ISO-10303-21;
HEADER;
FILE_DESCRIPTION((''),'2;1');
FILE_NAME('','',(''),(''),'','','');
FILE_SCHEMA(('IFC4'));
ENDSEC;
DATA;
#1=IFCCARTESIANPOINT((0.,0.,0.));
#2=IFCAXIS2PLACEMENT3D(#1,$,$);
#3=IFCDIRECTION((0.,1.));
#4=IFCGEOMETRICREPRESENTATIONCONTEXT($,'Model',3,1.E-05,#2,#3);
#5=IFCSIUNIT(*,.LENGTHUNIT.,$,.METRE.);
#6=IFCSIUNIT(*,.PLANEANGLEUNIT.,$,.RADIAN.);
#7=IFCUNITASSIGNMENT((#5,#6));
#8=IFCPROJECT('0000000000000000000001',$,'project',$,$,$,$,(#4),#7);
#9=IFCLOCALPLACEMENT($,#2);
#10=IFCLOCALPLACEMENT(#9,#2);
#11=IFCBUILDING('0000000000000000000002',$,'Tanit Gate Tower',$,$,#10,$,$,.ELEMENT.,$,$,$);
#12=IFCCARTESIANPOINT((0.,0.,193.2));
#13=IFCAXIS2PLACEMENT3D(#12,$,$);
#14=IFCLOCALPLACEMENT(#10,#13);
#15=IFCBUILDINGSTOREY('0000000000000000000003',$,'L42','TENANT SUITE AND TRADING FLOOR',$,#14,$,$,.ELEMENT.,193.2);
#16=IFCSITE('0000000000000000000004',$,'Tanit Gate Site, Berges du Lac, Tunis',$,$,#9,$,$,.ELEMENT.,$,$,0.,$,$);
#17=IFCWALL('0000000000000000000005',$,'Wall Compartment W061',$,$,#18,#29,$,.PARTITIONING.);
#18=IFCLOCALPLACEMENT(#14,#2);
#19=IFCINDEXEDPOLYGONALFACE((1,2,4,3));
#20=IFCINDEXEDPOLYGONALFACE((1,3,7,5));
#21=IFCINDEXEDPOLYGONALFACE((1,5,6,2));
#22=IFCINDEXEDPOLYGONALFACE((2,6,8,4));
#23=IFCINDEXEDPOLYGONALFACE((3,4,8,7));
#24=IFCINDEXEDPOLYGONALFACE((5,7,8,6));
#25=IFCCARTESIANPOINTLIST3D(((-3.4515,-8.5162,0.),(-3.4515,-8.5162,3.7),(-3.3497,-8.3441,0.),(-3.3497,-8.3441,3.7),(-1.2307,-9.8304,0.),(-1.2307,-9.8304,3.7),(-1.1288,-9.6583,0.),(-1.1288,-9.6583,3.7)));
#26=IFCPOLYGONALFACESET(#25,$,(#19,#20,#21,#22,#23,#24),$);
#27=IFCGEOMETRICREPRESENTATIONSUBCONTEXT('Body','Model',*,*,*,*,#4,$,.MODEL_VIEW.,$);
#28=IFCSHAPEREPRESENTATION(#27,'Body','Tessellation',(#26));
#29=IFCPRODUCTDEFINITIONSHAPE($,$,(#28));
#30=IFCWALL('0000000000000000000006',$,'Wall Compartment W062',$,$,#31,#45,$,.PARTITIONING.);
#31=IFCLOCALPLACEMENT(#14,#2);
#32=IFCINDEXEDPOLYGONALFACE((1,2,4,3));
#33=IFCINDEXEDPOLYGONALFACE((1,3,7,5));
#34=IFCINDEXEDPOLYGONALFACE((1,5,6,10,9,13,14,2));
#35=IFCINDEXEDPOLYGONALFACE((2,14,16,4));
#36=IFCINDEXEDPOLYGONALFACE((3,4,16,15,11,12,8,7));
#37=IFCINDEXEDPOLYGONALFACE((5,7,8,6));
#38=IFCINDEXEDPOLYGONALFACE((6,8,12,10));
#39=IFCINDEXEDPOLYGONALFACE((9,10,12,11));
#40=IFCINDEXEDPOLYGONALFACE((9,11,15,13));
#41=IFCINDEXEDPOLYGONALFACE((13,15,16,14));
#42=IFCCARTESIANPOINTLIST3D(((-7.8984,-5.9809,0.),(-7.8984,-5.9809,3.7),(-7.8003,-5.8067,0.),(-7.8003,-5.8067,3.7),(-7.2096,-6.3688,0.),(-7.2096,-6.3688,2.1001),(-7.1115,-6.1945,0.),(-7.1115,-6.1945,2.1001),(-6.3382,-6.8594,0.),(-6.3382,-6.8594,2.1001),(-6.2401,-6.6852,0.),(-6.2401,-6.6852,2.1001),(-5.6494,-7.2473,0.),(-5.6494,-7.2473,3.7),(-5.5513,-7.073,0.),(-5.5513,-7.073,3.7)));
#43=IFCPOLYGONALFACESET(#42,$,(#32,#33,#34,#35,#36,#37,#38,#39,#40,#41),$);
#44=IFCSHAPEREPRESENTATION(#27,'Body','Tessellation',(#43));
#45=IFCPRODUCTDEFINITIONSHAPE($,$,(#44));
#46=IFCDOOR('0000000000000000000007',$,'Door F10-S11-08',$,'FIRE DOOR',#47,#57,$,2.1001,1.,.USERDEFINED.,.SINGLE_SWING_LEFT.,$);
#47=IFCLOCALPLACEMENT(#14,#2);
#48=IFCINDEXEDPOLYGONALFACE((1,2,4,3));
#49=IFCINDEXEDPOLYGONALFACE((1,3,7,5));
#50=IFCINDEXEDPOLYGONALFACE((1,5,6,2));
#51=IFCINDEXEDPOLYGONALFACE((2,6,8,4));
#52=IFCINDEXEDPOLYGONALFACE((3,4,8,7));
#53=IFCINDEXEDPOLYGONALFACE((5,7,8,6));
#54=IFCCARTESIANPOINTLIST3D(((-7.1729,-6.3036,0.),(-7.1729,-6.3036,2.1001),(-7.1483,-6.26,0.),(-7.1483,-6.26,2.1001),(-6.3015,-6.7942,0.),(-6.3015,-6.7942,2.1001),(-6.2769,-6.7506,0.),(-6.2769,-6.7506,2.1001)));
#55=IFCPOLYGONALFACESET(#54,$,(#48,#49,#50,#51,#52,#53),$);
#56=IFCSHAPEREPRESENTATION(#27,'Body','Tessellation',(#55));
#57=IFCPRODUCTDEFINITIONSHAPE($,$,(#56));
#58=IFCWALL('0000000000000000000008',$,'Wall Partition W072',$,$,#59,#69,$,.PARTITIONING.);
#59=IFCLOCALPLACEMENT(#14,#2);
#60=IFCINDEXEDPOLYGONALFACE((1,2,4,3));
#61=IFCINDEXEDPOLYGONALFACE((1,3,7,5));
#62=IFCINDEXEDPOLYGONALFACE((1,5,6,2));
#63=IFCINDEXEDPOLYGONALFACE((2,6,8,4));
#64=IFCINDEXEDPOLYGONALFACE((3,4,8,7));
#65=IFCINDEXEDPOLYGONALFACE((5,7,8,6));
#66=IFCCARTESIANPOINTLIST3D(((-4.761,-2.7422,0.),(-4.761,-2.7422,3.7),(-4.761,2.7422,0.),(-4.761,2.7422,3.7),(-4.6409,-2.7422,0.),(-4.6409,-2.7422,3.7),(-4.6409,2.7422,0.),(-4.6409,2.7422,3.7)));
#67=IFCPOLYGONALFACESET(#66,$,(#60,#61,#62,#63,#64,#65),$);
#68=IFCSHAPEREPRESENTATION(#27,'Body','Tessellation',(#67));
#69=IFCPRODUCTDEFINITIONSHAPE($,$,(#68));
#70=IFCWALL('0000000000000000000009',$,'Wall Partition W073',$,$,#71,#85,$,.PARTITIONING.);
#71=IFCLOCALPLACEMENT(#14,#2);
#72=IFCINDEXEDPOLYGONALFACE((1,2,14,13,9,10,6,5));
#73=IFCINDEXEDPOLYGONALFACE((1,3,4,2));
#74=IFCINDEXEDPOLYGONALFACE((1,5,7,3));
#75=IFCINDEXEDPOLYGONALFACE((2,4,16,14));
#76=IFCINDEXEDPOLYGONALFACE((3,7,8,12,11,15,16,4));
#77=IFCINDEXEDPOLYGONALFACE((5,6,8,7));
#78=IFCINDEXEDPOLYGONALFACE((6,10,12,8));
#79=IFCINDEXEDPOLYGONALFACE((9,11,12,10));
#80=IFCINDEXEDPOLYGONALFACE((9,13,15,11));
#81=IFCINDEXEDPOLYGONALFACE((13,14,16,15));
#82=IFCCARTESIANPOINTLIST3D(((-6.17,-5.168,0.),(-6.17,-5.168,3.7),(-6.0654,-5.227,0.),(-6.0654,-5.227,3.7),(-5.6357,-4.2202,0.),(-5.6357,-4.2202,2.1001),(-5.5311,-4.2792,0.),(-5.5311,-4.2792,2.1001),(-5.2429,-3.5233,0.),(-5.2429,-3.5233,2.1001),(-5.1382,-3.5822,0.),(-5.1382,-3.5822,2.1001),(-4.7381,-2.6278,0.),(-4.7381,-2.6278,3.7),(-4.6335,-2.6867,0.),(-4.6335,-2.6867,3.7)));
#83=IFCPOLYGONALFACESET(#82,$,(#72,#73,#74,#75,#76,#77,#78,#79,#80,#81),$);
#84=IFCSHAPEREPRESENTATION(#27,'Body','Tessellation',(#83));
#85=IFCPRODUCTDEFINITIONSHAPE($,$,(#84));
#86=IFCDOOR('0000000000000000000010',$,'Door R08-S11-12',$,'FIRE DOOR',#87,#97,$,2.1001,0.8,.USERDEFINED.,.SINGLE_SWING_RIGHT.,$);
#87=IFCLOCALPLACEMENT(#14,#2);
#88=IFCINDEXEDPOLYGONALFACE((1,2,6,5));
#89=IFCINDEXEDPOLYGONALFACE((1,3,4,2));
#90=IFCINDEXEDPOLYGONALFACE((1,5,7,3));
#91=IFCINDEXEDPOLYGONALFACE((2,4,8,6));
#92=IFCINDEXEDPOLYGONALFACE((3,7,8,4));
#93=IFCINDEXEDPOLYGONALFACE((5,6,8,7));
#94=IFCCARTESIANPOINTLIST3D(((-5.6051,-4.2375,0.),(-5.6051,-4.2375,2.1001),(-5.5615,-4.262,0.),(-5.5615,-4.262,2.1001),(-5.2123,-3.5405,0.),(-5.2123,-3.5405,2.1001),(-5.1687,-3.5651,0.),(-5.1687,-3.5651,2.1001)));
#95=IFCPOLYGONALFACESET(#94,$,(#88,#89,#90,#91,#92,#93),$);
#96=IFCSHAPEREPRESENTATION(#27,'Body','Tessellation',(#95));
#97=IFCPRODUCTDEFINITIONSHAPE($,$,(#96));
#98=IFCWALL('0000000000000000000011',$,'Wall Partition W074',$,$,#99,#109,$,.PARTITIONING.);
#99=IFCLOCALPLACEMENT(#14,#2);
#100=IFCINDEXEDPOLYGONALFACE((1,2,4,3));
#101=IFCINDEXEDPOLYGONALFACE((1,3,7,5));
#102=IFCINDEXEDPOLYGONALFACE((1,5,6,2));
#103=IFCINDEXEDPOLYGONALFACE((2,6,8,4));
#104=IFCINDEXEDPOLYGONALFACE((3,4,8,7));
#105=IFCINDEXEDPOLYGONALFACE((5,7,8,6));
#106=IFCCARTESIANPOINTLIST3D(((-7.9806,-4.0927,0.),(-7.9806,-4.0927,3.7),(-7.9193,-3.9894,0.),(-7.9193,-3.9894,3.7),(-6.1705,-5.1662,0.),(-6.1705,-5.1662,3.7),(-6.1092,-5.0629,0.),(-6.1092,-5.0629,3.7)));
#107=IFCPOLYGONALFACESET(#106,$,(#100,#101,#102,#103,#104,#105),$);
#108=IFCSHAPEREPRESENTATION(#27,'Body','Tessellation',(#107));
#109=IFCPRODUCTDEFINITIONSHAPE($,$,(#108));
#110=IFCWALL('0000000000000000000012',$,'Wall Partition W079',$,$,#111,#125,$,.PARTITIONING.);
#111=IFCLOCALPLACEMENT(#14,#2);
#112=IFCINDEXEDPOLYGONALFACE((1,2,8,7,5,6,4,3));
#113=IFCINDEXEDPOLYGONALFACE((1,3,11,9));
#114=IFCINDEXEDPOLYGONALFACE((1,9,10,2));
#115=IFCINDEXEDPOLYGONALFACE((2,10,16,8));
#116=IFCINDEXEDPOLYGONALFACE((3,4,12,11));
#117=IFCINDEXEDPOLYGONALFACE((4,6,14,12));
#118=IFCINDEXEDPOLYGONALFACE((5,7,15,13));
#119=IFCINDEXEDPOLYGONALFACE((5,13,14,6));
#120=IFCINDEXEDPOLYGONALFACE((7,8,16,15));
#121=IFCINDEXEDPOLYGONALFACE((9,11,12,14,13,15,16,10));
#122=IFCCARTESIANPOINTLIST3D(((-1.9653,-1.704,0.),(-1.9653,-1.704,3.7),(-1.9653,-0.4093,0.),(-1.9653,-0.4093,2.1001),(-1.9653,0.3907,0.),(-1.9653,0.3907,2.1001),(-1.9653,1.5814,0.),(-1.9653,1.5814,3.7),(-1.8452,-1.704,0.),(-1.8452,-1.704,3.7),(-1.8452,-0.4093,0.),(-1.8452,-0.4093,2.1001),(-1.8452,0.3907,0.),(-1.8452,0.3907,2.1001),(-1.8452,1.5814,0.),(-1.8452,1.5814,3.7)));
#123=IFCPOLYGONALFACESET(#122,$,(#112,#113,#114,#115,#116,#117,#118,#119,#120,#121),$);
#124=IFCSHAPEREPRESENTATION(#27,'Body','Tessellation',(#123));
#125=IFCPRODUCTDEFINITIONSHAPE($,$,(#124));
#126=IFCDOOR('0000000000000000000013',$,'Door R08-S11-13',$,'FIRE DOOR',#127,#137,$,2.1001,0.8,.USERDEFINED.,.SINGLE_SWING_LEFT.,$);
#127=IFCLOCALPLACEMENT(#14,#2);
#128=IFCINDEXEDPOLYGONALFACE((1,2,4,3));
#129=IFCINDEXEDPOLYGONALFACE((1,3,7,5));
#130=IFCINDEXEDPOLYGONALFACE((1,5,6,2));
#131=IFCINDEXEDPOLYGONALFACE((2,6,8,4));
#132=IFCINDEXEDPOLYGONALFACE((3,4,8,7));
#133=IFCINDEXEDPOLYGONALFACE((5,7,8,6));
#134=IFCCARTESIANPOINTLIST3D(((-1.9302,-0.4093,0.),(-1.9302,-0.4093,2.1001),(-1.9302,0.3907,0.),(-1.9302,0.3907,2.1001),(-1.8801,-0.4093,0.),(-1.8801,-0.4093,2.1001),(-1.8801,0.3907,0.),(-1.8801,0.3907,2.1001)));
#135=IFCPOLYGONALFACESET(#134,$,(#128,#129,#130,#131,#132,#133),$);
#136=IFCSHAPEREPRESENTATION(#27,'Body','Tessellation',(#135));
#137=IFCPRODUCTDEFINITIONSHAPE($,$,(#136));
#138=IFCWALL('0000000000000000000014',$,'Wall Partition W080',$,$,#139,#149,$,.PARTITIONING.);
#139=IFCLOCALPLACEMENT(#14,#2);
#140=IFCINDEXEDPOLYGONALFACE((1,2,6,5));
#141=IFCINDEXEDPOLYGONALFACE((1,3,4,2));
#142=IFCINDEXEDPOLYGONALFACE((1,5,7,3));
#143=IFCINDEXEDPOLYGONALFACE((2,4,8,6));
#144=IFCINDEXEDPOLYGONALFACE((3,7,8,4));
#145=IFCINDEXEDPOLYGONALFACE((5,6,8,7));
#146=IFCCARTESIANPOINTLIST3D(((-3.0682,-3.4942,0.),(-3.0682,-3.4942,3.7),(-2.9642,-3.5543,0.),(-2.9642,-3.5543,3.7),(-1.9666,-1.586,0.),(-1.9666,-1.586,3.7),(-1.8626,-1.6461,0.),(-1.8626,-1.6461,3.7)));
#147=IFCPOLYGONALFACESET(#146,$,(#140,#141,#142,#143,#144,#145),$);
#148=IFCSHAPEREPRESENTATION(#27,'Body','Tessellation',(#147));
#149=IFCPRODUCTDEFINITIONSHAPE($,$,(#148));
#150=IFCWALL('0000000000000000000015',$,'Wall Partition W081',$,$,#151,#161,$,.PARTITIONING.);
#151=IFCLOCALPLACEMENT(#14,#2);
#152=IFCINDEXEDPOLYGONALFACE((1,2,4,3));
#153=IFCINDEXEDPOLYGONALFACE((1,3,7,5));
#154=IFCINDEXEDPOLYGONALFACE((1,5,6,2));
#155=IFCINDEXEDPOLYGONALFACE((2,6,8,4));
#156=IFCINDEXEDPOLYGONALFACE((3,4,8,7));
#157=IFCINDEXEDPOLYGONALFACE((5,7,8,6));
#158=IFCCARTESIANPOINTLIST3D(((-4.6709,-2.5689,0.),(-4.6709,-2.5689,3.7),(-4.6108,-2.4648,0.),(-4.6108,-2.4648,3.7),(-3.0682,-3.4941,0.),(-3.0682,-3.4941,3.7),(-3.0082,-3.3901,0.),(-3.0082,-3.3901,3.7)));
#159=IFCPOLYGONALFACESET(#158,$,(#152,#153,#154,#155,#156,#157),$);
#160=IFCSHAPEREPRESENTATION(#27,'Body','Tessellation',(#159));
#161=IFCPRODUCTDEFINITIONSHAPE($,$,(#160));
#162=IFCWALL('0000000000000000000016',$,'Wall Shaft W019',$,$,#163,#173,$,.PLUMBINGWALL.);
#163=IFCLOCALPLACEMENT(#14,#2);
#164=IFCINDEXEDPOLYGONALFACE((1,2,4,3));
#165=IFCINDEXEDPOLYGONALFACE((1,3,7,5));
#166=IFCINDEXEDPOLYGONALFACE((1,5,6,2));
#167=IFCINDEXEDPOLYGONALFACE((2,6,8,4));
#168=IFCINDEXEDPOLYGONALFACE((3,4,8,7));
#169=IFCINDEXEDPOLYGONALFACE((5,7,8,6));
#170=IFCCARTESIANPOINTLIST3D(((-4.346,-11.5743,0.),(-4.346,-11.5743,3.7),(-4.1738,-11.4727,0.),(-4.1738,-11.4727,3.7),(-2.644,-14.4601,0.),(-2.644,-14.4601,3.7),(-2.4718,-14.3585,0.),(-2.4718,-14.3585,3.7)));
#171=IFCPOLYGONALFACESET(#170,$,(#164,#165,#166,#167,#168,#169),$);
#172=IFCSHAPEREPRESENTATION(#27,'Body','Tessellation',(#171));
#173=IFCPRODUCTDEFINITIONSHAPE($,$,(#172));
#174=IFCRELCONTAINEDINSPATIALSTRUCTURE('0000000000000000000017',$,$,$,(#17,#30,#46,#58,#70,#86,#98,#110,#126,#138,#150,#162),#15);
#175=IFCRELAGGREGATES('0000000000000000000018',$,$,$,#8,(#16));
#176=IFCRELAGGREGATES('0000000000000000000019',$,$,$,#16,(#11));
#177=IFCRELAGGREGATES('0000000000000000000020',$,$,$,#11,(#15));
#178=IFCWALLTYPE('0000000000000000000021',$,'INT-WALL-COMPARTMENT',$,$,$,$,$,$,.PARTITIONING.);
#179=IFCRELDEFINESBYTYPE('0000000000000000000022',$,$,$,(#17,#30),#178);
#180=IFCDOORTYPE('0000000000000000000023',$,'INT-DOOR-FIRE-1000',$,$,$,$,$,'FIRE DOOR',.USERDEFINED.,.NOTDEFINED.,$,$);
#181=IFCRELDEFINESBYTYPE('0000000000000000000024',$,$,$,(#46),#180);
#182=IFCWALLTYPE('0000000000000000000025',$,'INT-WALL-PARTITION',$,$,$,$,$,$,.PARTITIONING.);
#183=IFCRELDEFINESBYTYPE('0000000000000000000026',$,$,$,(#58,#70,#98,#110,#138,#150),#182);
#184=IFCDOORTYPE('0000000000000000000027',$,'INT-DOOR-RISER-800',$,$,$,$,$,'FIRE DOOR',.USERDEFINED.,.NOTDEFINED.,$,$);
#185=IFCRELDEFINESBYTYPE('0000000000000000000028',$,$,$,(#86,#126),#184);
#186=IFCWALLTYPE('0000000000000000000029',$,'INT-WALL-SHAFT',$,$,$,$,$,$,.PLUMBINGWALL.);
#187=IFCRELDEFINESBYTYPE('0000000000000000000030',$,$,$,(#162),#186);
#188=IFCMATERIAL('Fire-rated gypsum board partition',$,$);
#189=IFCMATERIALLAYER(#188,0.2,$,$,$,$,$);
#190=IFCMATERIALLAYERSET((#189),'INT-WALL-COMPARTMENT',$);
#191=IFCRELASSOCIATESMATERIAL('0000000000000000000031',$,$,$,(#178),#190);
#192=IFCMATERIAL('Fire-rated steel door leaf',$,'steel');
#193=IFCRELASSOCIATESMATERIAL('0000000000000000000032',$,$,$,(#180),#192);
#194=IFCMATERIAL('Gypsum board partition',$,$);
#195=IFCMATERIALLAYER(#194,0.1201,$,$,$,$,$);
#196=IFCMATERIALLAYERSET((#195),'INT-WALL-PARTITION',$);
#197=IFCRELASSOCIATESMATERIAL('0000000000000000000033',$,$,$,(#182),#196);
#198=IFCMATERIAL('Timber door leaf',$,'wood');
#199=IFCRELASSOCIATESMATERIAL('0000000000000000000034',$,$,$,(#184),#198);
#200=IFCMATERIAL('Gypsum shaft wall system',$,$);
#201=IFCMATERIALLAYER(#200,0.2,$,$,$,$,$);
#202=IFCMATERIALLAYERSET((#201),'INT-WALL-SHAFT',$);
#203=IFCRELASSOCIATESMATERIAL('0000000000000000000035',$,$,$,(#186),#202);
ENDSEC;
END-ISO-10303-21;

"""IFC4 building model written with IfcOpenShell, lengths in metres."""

from ifc_helpers import new_model, si_unit, direction, frame, frame_2d, origin, place, context, subcontext, project, spatial, rectangle, extrude, material, layer, layer_set, type_object, element, fill, save


model = new_model("IFC4")

# Units and contexts
model_context = context("Model", 3, precision=1e-05, world=origin(), true_north=direction((0.0, 1.0)))
body_context = subcontext(model_context, "Body", "Model", "MODEL_VIEW")
ifc_project = project(units=[si_unit("LENGTHUNIT", "METRE"), si_unit("PLANEANGLEUNIT", "RADIAN")], contexts=[model_context])

# Site, building, storey
site_placement = place(None, origin())
site = spatial("IfcSite", under=ifc_project, at=site_placement, Name="Tanit Gate Site, Berges du Lac, Tunis", CompositionType="ELEMENT", RefElevation=0.0)
building_placement = place(site_placement, origin())
building = spatial("IfcBuilding", under=site, at=building_placement, Name="Tanit Gate Tower", CompositionType="ELEMENT")
storey_placement = place(building_placement, frame((0.0, 0.0, 193.2)))
storey = spatial("IfcBuildingStorey", under=building, at=storey_placement, Name="L42", Description="TENANT SUITE AND TRADING FLOOR", CompositionType="ELEMENT", Elevation=193.2)

# Wall
ifc_material_1 = material(Name="Fire-rated gypsum board partition")
ifc_layer_1 = layer(ifc_material_1, 0.2)
ifc_layer_set_1 = layer_set([ifc_layer_1], Name="INT-WALL-COMPARTMENT")
wall_type_1 = type_object("IfcWallType", Name="INT-WALL-COMPARTMENT", PredefinedType="PARTITIONING", material=ifc_layer_set_1)
wall_1_placement = place(storey_placement, frame((-3.4006, -8.4302, 0.0), z_axis=(0.0, 0.0, 1.0), x_axis=(0.860616, -0.509255, 0.0)))
element("IfcWall", 1, at=wall_1_placement, inside=storey, type_object=wall_type_1, Name="Wall Compartment W061", PredefinedType="PARTITIONING", context=body_context, shape_type="SweptSolid", body=[
    extrude(rectangle(XDim=2.5806, YDim=0.2, at=frame_2d((1.2903, 0.0))), origin(), (0.0, 0.0, 1.0), 3.7),
])

# Wall, opening, door
wall_2_placement = place(storey_placement, frame((-7.8494, -5.8938, 0.0), z_axis=(0.0, 0.0, 1.0), x_axis=(0.871363, -0.490638, 0.0)))
wall_2 = element("IfcWall", 2, at=wall_2_placement, inside=storey, type_object=wall_type_1, Name="Wall Compartment W062", PredefinedType="PARTITIONING", context=body_context, shape_type="SweptSolid", body=[
    extrude(rectangle(XDim=2.5811, YDim=0.2, at=frame_2d((1.2905, 0.0))), origin(), (0.0, 0.0, 1.0), 3.7),
])
opening_1_placement = place(wall_2_placement, frame((0.7905, 0.0, 0.0)))
opening_1 = element("IfcOpeningElement", 3, at=opening_1_placement, cuts=wall_2, PredefinedType="OPENING", context=body_context, shape_type="SweptSolid", body=[
    extrude(rectangle(XDim=1.0, YDim=2.1001, at=frame_2d((0.5, 1.05))), frame((0.0, 0.1099, 0.0), z_axis=(0.0, -1.0, 0.0), x_axis=(1.0, 0.0, 0.0)), (0.0, 0.0, 1.0), 0.22),
])
ifc_material_2 = material(Name="Fire-rated steel door leaf", Category="steel")
door_type_1 = type_object("IfcDoorType", Name="INT-DOOR-FIRE-1000", ElementType="FIRE DOOR", OperationType="NOTDEFINED", PredefinedType="USERDEFINED", material=ifc_material_2)
door_1_placement = place(opening_1_placement, origin())
door_1 = element("IfcDoor", 4, at=door_1_placement, inside=storey, type_object=door_type_1, Name="Door F10-S11-08", ObjectType="FIRE DOOR", OperationType="SINGLE_SWING_LEFT", OverallHeight=2.1001, OverallWidth=1.0, PredefinedType="USERDEFINED", context=body_context, shape_type="SweptSolid", body=[
    extrude(rectangle(XDim=1.0, YDim=2.1001, at=frame_2d((0.5, 1.05))), frame((0.0, 0.0249, 0.0), z_axis=(0.0, -1.0, 0.0), x_axis=(1.0, 0.0, 0.0)), (0.0, 0.0, 1.0), 0.05),
])
fill(opening_1, door_1)

# Wall
ifc_material_3 = material(Name="Gypsum board partition")
ifc_layer_2 = layer(ifc_material_3, 0.1201)
ifc_layer_set_2 = layer_set([ifc_layer_2], Name="INT-WALL-PARTITION")
wall_type_2 = type_object("IfcWallType", Name="INT-WALL-PARTITION", PredefinedType="PARTITIONING", material=ifc_layer_set_2)
wall_3_placement = place(storey_placement, frame((-4.7009, -2.7422, 0.0), z_axis=(0.0, 0.0, 1.0), x_axis=(0.0, 1.0, 0.0)))
element("IfcWall", 5, at=wall_3_placement, inside=storey, type_object=wall_type_2, Name="Wall Partition W072", PredefinedType="PARTITIONING", context=body_context, shape_type="SweptSolid", body=[
    extrude(rectangle(XDim=5.4844, YDim=0.1201, at=frame_2d((2.7422, 0.0))), origin(), (0.0, 0.0, 1.0), 3.7),
])

# Wall, opening, door
wall_4_placement = place(storey_placement, frame((-6.1177, -5.1975, 0.0), z_axis=(0.0, 0.0, 1.0), x_axis=(0.491036, 0.871139, 0.0)))
wall_4 = element("IfcWall", 6, at=wall_4_placement, inside=storey, type_object=wall_type_2, Name="Wall Partition W073", PredefinedType="PARTITIONING", context=body_context, shape_type="SweptSolid", body=[
    extrude(rectangle(XDim=2.916, YDim=0.1201, at=frame_2d((1.458, 0.0))), origin(), (0.0, 0.0, 1.0), 3.7),
])
opening_2_placement = place(wall_4_placement, frame((1.0881, 0.0, 0.0)))
opening_2 = element("IfcOpeningElement", 7, at=opening_2_placement, cuts=wall_4, PredefinedType="OPENING", context=body_context, shape_type="SweptSolid", body=[
    extrude(rectangle(XDim=0.8, YDim=2.1001, at=frame_2d((0.3999, 1.05))), frame((0.0, 0.0701, 0.0), z_axis=(0.0, -1.0, 0.0), x_axis=(1.0, 0.0, 0.0)), (0.0, 0.0, 1.0), 0.1401),
])
ifc_material_4 = material(Name="Timber door leaf", Category="wood")
door_type_2 = type_object("IfcDoorType", Name="INT-DOOR-RISER-800", ElementType="FIRE DOOR", OperationType="NOTDEFINED", PredefinedType="USERDEFINED", material=ifc_material_4)
door_2_placement = place(opening_2_placement, origin())
door_2 = element("IfcDoor", 8, at=door_2_placement, inside=storey, type_object=door_type_2, Name="Door R08-S11-12", ObjectType="FIRE DOOR", OperationType="SINGLE_SWING_RIGHT", OverallHeight=2.1001, OverallWidth=0.8, PredefinedType="USERDEFINED", context=body_context, shape_type="SweptSolid", body=[
    extrude(rectangle(XDim=0.8, YDim=2.1001, at=frame_2d((0.3999, 1.05))), frame((0.0, 0.0249, 0.0), z_axis=(0.0, -1.0, 0.0), x_axis=(1.0, 0.0, 0.0)), (0.0, 0.0, 1.0), 0.05),
])
fill(opening_2, door_2)

# Wall
wall_5_placement = place(storey_placement, frame((-7.95, -4.041, 0.0), z_axis=(0.0, 0.0, 1.0), x_axis=(0.860112, -0.510104, 0.0)))
element("IfcWall", 9, at=wall_5_placement, inside=storey, type_object=wall_type_2, Name="Wall Partition W074", PredefinedType="PARTITIONING", context=body_context, shape_type="SweptSolid", body=[
    extrude(rectangle(XDim=2.1045, YDim=0.1201, at=frame_2d((1.0522, 0.0))), origin(), (0.0, 0.0, 1.0), 3.7),
])

# Wall, opening, door
wall_6_placement = place(storey_placement, frame((-1.9053, -1.7039, 0.0), z_axis=(0.0, 0.0, 1.0), x_axis=(0.0, 1.0, 0.0)))
wall_6 = element("IfcWall", 10, at=wall_6_placement, inside=storey, type_object=wall_type_2, Name="Wall Partition W079", PredefinedType="PARTITIONING", context=body_context, shape_type="SweptSolid", body=[
    extrude(rectangle(XDim=3.2854, YDim=0.1201, at=frame_2d((1.6426, 0.0))), origin(), (0.0, 0.0, 1.0), 3.7),
])
opening_3_placement = place(wall_6_placement, frame((1.2947, 0.0, 0.0)))
opening_3 = element("IfcOpeningElement", 11, at=opening_3_placement, cuts=wall_6, PredefinedType="OPENING", context=body_context, shape_type="SweptSolid", body=[
    extrude(rectangle(XDim=0.8, YDim=2.1001, at=frame_2d((0.3999, 1.05))), frame((0.0, 0.0701, 0.0), z_axis=(0.0, -1.0, 0.0), x_axis=(1.0, 0.0, 0.0)), (0.0, 0.0, 1.0), 0.1401),
])
door_3_placement = place(opening_3_placement, origin())
door_3 = element("IfcDoor", 12, at=door_3_placement, inside=storey, type_object=door_type_2, Name="Door R08-S11-13", ObjectType="FIRE DOOR", OperationType="SINGLE_SWING_LEFT", OverallHeight=2.1001, OverallWidth=0.8, PredefinedType="USERDEFINED", context=body_context, shape_type="SweptSolid", body=[
    extrude(rectangle(XDim=0.8, YDim=2.1001, at=frame_2d((0.3999, 1.05))), frame((0.0, 0.0249, 0.0), z_axis=(0.0, -1.0, 0.0), x_axis=(1.0, 0.0, 0.0)), (0.0, 0.0, 1.0), 0.05),
])
fill(opening_3, door_3)

# Walls
wall_7_placement = place(storey_placement, frame((-3.0161, -3.5242, 0.0), z_axis=(0.0, 0.0, 1.0), x_axis=(0.499953, 0.866053, 0.0)))
element("IfcWall", 13, at=wall_7_placement, inside=storey, type_object=wall_type_2, Name="Wall Partition W080", PredefinedType="PARTITIONING", context=body_context, shape_type="SweptSolid", body=[
    extrude(rectangle(XDim=2.2034, YDim=0.1201, at=frame_2d((1.1016, 0.0))), origin(), (0.0, 0.0, 1.0), 3.7),
])
wall_8_placement = place(storey_placement, frame((-4.6409, -2.5168, 0.0), z_axis=(0.0, 0.0, 1.0), x_axis=(0.866043, -0.49997, 0.0)))
element("IfcWall", 14, at=wall_8_placement, inside=storey, type_object=wall_type_2, Name="Wall Partition W081", PredefinedType="PARTITIONING", context=body_context, shape_type="SweptSolid", body=[
    extrude(rectangle(XDim=1.8506, YDim=0.1201, at=frame_2d((0.9253, 0.0))), origin(), (0.0, 0.0, 1.0), 3.7),
])
ifc_material_5 = material(Name="Gypsum shaft wall system")
ifc_layer_3 = layer(ifc_material_5, 0.2)
ifc_layer_set_3 = layer_set([ifc_layer_3], Name="INT-WALL-SHAFT")
wall_type_3 = type_object("IfcWallType", Name="INT-WALL-SHAFT", PredefinedType="PLUMBINGWALL", material=ifc_layer_set_3)
wall_9_placement = place(storey_placement, frame((-2.5579, -14.4094, 0.0), z_axis=(0.0, 0.0, 1.0), x_axis=(-0.507997, 0.861359, 0.0)))
element("IfcWall", 15, at=wall_9_placement, inside=storey, type_object=wall_type_3, Name="Wall Shaft W019", PredefinedType="PLUMBINGWALL", context=body_context, shape_type="SweptSolid", body=[
    extrude(rectangle(XDim=3.3503, YDim=0.2, at=frame_2d((1.6753, 0.0))), origin(), (0.0, 0.0, 1.0), 3.7),
])

save(model, "model.ifc")
